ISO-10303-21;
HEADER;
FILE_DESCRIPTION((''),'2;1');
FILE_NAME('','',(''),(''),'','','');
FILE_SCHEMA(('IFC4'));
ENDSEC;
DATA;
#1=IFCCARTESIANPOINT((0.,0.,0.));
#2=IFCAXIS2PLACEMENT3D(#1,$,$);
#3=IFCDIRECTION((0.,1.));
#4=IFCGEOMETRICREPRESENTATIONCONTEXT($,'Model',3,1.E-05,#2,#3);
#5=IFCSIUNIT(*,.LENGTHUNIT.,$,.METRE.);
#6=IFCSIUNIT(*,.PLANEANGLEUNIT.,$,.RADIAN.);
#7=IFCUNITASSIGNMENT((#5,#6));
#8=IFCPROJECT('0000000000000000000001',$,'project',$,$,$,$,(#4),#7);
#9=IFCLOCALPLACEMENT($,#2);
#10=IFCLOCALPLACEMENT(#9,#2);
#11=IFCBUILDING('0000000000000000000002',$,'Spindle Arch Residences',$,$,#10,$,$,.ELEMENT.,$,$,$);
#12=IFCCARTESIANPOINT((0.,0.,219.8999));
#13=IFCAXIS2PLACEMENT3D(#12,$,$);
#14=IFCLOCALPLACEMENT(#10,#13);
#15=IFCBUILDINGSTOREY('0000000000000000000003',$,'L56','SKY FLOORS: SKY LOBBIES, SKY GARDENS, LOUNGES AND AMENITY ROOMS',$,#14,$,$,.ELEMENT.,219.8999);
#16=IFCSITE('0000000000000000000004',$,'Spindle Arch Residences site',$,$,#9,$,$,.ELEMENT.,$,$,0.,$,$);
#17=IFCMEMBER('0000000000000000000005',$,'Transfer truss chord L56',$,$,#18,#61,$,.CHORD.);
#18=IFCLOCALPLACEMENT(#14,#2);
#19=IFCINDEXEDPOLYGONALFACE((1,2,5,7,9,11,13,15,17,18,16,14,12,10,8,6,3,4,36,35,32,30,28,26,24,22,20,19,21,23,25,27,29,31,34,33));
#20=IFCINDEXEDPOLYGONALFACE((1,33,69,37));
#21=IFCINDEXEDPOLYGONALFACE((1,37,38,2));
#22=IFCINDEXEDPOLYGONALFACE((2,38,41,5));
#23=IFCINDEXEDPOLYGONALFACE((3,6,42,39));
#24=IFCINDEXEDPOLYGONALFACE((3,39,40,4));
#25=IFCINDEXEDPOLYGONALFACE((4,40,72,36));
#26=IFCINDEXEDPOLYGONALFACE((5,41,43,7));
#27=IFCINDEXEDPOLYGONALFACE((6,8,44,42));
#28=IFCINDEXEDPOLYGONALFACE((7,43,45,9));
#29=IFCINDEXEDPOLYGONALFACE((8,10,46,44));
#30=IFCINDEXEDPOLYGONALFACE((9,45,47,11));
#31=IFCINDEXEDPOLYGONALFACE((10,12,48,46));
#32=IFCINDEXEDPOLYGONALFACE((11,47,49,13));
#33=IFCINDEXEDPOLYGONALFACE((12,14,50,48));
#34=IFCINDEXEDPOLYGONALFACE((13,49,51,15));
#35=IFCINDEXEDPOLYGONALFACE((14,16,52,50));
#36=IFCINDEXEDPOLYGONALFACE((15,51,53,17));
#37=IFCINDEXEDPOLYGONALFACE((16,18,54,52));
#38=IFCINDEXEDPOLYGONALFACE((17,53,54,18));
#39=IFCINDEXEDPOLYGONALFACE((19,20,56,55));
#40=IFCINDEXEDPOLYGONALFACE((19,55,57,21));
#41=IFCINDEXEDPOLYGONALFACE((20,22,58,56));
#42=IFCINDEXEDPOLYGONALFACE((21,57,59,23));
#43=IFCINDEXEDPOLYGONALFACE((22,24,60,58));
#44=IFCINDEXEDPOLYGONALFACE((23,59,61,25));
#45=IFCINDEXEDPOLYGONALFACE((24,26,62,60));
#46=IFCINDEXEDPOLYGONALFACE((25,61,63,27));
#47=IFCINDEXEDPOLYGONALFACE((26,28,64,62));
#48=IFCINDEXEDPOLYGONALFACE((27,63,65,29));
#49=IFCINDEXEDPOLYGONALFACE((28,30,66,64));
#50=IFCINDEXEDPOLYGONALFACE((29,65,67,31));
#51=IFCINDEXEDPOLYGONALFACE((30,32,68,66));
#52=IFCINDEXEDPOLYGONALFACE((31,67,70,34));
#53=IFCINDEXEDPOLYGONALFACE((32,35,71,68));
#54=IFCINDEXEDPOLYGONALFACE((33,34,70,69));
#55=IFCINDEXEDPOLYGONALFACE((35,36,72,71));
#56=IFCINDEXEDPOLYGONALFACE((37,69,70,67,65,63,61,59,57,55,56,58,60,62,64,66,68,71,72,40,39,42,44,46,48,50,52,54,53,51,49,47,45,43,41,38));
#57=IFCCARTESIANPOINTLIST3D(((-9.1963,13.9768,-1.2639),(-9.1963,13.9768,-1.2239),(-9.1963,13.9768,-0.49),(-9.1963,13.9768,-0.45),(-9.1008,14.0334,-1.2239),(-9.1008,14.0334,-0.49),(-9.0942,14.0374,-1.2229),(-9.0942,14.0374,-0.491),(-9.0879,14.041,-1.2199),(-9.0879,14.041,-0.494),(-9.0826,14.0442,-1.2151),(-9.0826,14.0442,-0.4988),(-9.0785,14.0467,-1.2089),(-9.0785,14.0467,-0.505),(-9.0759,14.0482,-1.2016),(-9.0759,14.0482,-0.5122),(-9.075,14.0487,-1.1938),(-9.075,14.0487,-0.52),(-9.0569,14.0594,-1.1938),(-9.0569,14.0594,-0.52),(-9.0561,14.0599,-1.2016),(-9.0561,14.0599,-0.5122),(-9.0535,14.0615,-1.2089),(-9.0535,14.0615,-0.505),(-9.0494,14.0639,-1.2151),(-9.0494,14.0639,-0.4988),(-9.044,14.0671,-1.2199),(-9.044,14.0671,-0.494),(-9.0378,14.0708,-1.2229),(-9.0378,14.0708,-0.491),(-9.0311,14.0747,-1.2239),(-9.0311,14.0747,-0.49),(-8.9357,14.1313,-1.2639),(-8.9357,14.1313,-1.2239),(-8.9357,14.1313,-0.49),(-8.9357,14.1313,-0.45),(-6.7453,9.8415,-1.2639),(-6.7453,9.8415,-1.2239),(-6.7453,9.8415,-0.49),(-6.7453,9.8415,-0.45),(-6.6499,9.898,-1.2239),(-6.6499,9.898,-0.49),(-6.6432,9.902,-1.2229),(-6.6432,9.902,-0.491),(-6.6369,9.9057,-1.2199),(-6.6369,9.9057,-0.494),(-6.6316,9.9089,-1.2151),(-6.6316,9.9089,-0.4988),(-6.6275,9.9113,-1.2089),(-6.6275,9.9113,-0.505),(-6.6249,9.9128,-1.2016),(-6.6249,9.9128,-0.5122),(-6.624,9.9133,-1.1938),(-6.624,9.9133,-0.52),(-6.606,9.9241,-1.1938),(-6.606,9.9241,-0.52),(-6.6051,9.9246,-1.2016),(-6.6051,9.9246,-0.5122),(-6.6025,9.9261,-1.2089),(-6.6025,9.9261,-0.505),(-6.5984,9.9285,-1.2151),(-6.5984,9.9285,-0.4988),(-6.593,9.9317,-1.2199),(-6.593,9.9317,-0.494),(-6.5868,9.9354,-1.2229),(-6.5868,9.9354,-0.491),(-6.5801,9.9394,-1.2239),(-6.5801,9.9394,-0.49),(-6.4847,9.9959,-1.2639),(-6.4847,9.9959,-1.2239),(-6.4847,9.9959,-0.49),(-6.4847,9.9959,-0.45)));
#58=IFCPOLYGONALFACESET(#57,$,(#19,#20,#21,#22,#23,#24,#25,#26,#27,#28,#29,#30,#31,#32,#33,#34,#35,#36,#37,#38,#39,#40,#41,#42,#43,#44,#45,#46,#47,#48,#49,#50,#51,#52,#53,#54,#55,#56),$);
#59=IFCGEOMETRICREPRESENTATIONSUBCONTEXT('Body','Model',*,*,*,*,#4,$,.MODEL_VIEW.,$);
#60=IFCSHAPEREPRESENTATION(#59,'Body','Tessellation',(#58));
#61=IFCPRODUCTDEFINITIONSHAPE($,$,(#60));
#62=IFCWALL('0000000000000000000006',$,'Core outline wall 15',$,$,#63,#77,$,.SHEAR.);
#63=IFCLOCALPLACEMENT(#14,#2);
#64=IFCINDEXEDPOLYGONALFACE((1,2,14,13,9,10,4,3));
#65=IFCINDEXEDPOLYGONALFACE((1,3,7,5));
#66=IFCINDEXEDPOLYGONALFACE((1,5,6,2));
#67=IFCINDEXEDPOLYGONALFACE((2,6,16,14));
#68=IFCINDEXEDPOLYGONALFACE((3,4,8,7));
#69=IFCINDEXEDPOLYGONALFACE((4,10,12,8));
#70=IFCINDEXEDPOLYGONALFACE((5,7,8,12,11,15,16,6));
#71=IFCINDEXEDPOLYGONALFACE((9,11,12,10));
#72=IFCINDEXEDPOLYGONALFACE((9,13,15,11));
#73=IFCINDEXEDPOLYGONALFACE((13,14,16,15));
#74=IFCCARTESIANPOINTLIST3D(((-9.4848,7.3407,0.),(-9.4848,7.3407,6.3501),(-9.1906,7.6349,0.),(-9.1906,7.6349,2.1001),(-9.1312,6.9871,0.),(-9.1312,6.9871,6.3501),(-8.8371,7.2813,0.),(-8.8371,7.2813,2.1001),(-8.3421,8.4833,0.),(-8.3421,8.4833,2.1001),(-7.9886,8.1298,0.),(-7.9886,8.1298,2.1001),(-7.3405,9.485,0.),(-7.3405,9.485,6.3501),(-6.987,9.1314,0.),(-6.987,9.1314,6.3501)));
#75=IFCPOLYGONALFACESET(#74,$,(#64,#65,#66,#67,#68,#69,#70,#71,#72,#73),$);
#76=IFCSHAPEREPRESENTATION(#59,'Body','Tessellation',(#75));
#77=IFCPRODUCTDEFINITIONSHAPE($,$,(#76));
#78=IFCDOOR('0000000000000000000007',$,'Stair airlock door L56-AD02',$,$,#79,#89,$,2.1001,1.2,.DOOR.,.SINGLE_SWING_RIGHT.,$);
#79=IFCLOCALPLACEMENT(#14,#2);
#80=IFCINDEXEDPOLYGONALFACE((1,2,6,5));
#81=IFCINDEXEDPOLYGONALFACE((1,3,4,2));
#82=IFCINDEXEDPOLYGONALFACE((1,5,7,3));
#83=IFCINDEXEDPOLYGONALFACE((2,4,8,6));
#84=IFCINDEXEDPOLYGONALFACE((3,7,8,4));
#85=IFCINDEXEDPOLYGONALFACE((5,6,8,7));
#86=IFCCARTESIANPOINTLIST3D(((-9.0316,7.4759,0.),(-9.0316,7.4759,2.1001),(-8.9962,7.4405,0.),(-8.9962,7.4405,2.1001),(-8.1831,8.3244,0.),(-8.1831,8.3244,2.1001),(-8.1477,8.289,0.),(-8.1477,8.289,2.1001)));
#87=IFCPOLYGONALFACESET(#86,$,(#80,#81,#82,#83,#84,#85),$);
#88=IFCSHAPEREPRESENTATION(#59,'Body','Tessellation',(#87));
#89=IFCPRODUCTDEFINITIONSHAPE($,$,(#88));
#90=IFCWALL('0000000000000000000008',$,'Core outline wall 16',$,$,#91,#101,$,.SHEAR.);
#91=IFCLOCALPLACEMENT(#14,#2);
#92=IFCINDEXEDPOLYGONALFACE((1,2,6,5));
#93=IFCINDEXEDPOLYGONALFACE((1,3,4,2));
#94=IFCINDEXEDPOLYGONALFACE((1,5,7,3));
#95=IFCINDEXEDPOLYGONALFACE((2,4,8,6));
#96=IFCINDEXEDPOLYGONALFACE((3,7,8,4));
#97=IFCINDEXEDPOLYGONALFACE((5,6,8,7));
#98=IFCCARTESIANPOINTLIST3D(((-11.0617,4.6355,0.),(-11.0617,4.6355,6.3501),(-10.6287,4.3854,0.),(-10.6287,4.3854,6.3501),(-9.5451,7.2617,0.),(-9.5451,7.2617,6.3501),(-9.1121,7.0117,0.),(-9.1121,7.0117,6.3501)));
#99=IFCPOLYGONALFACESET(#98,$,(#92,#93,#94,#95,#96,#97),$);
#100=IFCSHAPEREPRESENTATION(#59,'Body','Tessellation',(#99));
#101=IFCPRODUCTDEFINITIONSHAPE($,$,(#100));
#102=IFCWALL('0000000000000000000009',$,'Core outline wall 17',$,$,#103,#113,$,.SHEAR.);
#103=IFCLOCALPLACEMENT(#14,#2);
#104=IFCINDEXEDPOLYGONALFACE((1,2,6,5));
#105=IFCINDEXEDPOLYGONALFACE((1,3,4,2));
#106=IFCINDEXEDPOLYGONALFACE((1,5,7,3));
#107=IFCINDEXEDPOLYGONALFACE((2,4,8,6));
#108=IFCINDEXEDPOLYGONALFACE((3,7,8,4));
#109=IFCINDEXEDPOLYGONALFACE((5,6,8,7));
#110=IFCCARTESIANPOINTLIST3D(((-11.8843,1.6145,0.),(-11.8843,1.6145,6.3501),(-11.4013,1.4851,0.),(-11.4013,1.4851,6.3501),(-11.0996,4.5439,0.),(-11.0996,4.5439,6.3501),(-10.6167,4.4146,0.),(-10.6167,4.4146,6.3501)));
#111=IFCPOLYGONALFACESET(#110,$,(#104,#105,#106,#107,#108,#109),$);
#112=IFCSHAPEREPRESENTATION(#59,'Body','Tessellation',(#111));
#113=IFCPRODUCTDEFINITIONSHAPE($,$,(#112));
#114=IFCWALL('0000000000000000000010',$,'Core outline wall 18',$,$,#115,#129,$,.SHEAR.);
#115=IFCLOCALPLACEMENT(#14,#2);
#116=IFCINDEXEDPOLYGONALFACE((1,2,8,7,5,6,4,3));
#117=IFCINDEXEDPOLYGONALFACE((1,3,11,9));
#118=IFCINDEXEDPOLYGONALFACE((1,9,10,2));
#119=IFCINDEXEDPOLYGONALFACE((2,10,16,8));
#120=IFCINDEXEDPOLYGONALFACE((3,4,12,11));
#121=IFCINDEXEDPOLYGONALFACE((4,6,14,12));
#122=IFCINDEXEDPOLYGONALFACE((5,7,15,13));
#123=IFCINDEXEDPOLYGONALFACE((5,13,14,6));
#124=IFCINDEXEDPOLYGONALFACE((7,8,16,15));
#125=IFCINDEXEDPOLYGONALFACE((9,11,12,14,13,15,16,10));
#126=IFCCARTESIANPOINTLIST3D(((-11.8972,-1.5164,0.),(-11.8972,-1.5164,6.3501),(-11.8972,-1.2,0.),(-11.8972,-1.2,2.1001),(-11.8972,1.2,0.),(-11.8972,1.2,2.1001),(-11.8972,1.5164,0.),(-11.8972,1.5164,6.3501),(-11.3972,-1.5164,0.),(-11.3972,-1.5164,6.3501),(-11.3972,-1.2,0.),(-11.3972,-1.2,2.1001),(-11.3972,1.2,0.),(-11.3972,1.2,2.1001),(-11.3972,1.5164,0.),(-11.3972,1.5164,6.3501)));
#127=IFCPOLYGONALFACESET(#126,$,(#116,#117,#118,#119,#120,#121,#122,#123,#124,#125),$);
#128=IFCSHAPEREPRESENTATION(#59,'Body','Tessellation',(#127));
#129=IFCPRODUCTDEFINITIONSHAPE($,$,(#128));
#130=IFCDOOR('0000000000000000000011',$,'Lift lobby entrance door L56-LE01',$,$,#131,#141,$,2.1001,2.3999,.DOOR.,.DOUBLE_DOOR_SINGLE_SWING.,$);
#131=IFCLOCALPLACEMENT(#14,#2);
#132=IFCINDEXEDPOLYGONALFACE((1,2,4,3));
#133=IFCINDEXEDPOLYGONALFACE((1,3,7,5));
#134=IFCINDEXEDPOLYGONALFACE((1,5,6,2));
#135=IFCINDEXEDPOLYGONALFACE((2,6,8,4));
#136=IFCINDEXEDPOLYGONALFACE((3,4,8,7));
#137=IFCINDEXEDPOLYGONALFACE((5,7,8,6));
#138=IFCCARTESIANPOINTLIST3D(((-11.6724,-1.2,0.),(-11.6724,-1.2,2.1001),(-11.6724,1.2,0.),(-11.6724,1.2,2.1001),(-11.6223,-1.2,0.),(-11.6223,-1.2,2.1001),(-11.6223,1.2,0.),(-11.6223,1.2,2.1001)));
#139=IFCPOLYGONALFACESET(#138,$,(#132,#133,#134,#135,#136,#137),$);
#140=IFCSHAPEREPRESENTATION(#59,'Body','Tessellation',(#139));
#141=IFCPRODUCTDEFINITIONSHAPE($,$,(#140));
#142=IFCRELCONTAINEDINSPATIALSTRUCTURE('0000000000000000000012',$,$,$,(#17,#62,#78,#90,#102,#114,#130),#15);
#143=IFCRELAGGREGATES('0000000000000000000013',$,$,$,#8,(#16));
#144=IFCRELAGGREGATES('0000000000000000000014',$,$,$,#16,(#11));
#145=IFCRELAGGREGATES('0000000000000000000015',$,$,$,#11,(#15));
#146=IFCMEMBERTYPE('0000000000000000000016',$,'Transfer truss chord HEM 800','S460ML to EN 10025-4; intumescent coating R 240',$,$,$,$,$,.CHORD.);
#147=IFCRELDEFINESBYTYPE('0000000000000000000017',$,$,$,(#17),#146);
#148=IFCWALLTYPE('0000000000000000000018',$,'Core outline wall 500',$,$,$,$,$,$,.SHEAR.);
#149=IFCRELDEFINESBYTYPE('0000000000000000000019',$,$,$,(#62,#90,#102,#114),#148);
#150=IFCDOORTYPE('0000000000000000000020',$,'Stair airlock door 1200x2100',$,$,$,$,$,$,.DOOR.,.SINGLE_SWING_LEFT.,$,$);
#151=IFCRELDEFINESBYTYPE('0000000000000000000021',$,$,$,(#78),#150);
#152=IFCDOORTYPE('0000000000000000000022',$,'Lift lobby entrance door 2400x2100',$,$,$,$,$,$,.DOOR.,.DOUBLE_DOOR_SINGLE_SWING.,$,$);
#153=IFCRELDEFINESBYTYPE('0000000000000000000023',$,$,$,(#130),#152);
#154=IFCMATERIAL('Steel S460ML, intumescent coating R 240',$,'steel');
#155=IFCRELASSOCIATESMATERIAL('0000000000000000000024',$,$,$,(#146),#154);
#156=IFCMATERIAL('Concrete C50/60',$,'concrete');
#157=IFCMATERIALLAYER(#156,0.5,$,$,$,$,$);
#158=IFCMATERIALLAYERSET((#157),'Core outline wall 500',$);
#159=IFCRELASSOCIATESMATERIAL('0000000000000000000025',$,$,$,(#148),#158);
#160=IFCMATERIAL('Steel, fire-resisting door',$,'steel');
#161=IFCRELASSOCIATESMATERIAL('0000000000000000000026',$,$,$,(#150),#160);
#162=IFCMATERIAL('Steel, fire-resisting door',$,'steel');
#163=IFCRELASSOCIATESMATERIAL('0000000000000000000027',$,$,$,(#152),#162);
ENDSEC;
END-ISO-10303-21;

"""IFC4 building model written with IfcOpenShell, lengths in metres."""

from ifc_helpers import new_model, si_unit, direction, frame, frame_2d, origin, origin_2d, place, context, subcontext, project, spatial, rectangle, i_section, extrude, material, layer, layer_set, material_profile, profile_set, type_object, element, fill, save


model = new_model("IFC4")

# Units and contexts
model_context = context("Model", 3, precision=1e-05, world=origin(), true_north=direction((0.0, 1.0)))
body_context = subcontext(model_context, "Body", "Model", "MODEL_VIEW")
ifc_project = project(units=[si_unit("LENGTHUNIT", "METRE"), si_unit("PLANEANGLEUNIT", "RADIAN")], contexts=[model_context])

# Site, building, storey
site_placement = place(None, origin())
site = spatial("IfcSite", under=ifc_project, at=site_placement, Name="Spindle Arch Residences site", CompositionType="ELEMENT", RefElevation=0.0)
building_placement = place(site_placement, origin())
building = spatial("IfcBuilding", under=site, at=building_placement, Name="Spindle Arch Residences", CompositionType="ELEMENT")
storey_placement = place(building_placement, frame((0.0, 0.0, 219.8999)))
storey = spatial("IfcBuildingStorey", under=building, at=storey_placement, Name="L56", Description="SKY FLOORS: SKY LOBBIES, SKY GARDENS, LOUNGES AND AMENITY ROOMS", CompositionType="ELEMENT", Elevation=219.8999)

# Member
ifc_material_1 = material(Name="Steel S460ML, intumescent coating R 240", Category="steel")
ifc_material_profile = material_profile(ifc_material_1, i_section(OverallWidth=0.303, OverallDepth=0.814, WebThickness=0.021, FlangeThickness=0.04, FilletRadius=0.03, at=origin_2d()), Name="HEM 800")
ifc_profile_set = profile_set([ifc_material_profile], Name="Steel S460ML, intumescent coating R 240")
member_type = type_object("IfcMemberType", Name="Transfer truss chord HEM 800", Description="S460ML to EN 10025-4; intumescent coating R 240", PredefinedType="CHORD", material=ifc_profile_set)
member_placement = place(storey_placement, frame((-6.615, 9.9187, -0.8569), z_axis=(-0.509865, 0.860254, 0.0), x_axis=(-0.860254, -0.509865, 0.0)))
element("IfcMember", 1, at=member_placement, inside=storey, type_object=member_type, Name="Transfer truss chord L56", PredefinedType="CHORD", context=body_context, shape_type="SweptSolid", body=[
    extrude(i_section(OverallWidth=0.303, OverallDepth=0.814, WebThickness=0.021, FlangeThickness=0.04, FilletRadius=0.03, at=origin_2d()), origin(), (0.0, 0.0, 1.0), 4.8071),
])

# Wall, opening, door
ifc_material_2 = material(Name="Concrete C50/60", Category="concrete")
ifc_layer_1 = layer(ifc_material_2, 0.5)
ifc_layer_set_1 = layer_set([ifc_layer_1], Name="Core outline wall 500")
wall_type_1 = type_object("IfcWallType", Name="Core outline wall 500", PredefinedType="SHEAR", material=ifc_layer_set_1)
wall_1_placement = place(storey_placement, frame((-7.1638, 9.3081, 0.0), z_axis=(0.0, 0.0, 1.0), x_axis=(-0.707107, -0.707107, 0.0)))
wall_1 = element("IfcWall", 2, at=wall_1_placement, inside=storey, type_object=wall_type_1, Name="Core outline wall 15", PredefinedType="SHEAR", context=body_context, shape_type="SweptSolid", body=[
    extrude(rectangle(XDim=3.0325, YDim=0.5, at=frame_2d((1.5161, 0.0))), origin(), (0.0, 0.0, 1.0), 6.3501),
])
opening_1_placement = place(wall_1_placement, frame((1.4163, 0.0, 0.0)))
opening_1 = element("IfcOpeningElement", 3, at=opening_1_placement, cuts=wall_1, PredefinedType="OPENING", context=body_context, shape_type="SweptSolid", body=[
    extrude(rectangle(XDim=1.2, YDim=2.1001, at=frame_2d((0.6001, 1.05))), frame((0.0, 0.26, 0.0), z_axis=(0.0, -1.0, 0.0), x_axis=(1.0, 0.0, 0.0)), (0.0, 0.0, 1.0), 0.52),
])
ifc_material_3 = material(Name="Steel, fire-resisting door", Category="steel")
door_type_1 = type_object("IfcDoorType", Name="Stair airlock door 1200x2100", OperationType="SINGLE_SWING_LEFT", PredefinedType="DOOR", material=ifc_material_3)
door_1_placement = place(opening_1_placement, origin())
door_1 = element("IfcDoor", 4, at=door_1_placement, inside=storey, type_object=door_type_1, Name="Stair airlock door L56-AD02", OperationType="SINGLE_SWING_RIGHT", OverallHeight=2.1001, OverallWidth=1.2, PredefinedType="DOOR", context=body_context, shape_type="SweptSolid", body=[
    extrude(rectangle(XDim=1.2, YDim=2.1001, at=frame_2d((0.6001, 1.05))), frame((0.0, 0.0249, 0.0), z_axis=(0.0, -1.0, 0.0), x_axis=(1.0, 0.0, 0.0)), (0.0, 0.0, 1.0), 0.05),
])
fill(opening_1, door_1)

# Walls
for number, where, z_axis, x_axis, name in (
    (5, (-9.3286, 7.1367, 0.0), (0.0, 0.0, 1.0), (-0.500087, -0.865975, 0.0), "Core outline wall 16"),
    (6, (-10.8582, 4.4792, 0.0), (0.0, 0.0, 1.0), (-0.258735, -0.965948, 0.0), "Core outline wall 17"),
):
    element("IfcWall", number, at=place(storey_placement, frame(where, z_axis=z_axis, x_axis=x_axis)), inside=storey, type_object=wall_type_1, Name=name, PredefinedType="SHEAR", context=body_context, shape_type="SweptSolid", body=[
        extrude(rectangle(XDim=3.0327, YDim=0.5, at=frame_2d((1.5164, 0.0))), origin(), (0.0, 0.0, 1.0), 6.3501),
    ])

# Wall, opening, door
wall_2_placement = place(storey_placement, frame((-11.6472, 1.5164, 0.0), z_axis=(0.0, 0.0, 1.0), x_axis=(0.0, -1.0, 0.0)))
wall_2 = element("IfcWall", 7, at=wall_2_placement, inside=storey, type_object=wall_type_1, Name="Core outline wall 18", PredefinedType="SHEAR", context=body_context, shape_type="SweptSolid", body=[
    extrude(rectangle(XDim=3.0327, YDim=0.5, at=frame_2d((1.5164, 0.0))), origin(), (0.0, 0.0, 1.0), 6.3501),
])
opening_2_placement = place(wall_2_placement, frame((0.3164, 0.0, 0.0)))
opening_2 = element("IfcOpeningElement", 8, at=opening_2_placement, cuts=wall_2, PredefinedType="OPENING", context=body_context, shape_type="SweptSolid", body=[
    extrude(rectangle(XDim=2.3999, YDim=2.1001, at=frame_2d((1.2, 1.05))), frame((0.0, 0.26, 0.0), z_axis=(0.0, -1.0, 0.0), x_axis=(1.0, 0.0, 0.0)), (0.0, 0.0, 1.0), 0.52),
])
ifc_material_4 = material(Name="Steel, fire-resisting door", Category="steel")
door_type_2 = type_object("IfcDoorType", Name="Lift lobby entrance door 2400x2100", OperationType="DOUBLE_DOOR_SINGLE_SWING", PredefinedType="DOOR", material=ifc_material_4)
door_2_placement = place(opening_2_placement, origin())
door_2 = element("IfcDoor", 9, at=door_2_placement, inside=storey, type_object=door_type_2, Name="Lift lobby entrance door L56-LE01", OperationType="DOUBLE_DOOR_SINGLE_SWING", OverallHeight=2.1001, OverallWidth=2.3999, PredefinedType="DOOR", context=body_context, shape_type="SweptSolid", body=[
    extrude(rectangle(XDim=2.3999, YDim=2.1001, at=frame_2d((1.2, 1.05))), frame((0.0, 0.0249, 0.0), z_axis=(0.0, -1.0, 0.0), x_axis=(1.0, 0.0, 0.0)), (0.0, 0.0, 1.0), 0.05),
])
fill(opening_2, door_2)

save(model, "model.ifc")
